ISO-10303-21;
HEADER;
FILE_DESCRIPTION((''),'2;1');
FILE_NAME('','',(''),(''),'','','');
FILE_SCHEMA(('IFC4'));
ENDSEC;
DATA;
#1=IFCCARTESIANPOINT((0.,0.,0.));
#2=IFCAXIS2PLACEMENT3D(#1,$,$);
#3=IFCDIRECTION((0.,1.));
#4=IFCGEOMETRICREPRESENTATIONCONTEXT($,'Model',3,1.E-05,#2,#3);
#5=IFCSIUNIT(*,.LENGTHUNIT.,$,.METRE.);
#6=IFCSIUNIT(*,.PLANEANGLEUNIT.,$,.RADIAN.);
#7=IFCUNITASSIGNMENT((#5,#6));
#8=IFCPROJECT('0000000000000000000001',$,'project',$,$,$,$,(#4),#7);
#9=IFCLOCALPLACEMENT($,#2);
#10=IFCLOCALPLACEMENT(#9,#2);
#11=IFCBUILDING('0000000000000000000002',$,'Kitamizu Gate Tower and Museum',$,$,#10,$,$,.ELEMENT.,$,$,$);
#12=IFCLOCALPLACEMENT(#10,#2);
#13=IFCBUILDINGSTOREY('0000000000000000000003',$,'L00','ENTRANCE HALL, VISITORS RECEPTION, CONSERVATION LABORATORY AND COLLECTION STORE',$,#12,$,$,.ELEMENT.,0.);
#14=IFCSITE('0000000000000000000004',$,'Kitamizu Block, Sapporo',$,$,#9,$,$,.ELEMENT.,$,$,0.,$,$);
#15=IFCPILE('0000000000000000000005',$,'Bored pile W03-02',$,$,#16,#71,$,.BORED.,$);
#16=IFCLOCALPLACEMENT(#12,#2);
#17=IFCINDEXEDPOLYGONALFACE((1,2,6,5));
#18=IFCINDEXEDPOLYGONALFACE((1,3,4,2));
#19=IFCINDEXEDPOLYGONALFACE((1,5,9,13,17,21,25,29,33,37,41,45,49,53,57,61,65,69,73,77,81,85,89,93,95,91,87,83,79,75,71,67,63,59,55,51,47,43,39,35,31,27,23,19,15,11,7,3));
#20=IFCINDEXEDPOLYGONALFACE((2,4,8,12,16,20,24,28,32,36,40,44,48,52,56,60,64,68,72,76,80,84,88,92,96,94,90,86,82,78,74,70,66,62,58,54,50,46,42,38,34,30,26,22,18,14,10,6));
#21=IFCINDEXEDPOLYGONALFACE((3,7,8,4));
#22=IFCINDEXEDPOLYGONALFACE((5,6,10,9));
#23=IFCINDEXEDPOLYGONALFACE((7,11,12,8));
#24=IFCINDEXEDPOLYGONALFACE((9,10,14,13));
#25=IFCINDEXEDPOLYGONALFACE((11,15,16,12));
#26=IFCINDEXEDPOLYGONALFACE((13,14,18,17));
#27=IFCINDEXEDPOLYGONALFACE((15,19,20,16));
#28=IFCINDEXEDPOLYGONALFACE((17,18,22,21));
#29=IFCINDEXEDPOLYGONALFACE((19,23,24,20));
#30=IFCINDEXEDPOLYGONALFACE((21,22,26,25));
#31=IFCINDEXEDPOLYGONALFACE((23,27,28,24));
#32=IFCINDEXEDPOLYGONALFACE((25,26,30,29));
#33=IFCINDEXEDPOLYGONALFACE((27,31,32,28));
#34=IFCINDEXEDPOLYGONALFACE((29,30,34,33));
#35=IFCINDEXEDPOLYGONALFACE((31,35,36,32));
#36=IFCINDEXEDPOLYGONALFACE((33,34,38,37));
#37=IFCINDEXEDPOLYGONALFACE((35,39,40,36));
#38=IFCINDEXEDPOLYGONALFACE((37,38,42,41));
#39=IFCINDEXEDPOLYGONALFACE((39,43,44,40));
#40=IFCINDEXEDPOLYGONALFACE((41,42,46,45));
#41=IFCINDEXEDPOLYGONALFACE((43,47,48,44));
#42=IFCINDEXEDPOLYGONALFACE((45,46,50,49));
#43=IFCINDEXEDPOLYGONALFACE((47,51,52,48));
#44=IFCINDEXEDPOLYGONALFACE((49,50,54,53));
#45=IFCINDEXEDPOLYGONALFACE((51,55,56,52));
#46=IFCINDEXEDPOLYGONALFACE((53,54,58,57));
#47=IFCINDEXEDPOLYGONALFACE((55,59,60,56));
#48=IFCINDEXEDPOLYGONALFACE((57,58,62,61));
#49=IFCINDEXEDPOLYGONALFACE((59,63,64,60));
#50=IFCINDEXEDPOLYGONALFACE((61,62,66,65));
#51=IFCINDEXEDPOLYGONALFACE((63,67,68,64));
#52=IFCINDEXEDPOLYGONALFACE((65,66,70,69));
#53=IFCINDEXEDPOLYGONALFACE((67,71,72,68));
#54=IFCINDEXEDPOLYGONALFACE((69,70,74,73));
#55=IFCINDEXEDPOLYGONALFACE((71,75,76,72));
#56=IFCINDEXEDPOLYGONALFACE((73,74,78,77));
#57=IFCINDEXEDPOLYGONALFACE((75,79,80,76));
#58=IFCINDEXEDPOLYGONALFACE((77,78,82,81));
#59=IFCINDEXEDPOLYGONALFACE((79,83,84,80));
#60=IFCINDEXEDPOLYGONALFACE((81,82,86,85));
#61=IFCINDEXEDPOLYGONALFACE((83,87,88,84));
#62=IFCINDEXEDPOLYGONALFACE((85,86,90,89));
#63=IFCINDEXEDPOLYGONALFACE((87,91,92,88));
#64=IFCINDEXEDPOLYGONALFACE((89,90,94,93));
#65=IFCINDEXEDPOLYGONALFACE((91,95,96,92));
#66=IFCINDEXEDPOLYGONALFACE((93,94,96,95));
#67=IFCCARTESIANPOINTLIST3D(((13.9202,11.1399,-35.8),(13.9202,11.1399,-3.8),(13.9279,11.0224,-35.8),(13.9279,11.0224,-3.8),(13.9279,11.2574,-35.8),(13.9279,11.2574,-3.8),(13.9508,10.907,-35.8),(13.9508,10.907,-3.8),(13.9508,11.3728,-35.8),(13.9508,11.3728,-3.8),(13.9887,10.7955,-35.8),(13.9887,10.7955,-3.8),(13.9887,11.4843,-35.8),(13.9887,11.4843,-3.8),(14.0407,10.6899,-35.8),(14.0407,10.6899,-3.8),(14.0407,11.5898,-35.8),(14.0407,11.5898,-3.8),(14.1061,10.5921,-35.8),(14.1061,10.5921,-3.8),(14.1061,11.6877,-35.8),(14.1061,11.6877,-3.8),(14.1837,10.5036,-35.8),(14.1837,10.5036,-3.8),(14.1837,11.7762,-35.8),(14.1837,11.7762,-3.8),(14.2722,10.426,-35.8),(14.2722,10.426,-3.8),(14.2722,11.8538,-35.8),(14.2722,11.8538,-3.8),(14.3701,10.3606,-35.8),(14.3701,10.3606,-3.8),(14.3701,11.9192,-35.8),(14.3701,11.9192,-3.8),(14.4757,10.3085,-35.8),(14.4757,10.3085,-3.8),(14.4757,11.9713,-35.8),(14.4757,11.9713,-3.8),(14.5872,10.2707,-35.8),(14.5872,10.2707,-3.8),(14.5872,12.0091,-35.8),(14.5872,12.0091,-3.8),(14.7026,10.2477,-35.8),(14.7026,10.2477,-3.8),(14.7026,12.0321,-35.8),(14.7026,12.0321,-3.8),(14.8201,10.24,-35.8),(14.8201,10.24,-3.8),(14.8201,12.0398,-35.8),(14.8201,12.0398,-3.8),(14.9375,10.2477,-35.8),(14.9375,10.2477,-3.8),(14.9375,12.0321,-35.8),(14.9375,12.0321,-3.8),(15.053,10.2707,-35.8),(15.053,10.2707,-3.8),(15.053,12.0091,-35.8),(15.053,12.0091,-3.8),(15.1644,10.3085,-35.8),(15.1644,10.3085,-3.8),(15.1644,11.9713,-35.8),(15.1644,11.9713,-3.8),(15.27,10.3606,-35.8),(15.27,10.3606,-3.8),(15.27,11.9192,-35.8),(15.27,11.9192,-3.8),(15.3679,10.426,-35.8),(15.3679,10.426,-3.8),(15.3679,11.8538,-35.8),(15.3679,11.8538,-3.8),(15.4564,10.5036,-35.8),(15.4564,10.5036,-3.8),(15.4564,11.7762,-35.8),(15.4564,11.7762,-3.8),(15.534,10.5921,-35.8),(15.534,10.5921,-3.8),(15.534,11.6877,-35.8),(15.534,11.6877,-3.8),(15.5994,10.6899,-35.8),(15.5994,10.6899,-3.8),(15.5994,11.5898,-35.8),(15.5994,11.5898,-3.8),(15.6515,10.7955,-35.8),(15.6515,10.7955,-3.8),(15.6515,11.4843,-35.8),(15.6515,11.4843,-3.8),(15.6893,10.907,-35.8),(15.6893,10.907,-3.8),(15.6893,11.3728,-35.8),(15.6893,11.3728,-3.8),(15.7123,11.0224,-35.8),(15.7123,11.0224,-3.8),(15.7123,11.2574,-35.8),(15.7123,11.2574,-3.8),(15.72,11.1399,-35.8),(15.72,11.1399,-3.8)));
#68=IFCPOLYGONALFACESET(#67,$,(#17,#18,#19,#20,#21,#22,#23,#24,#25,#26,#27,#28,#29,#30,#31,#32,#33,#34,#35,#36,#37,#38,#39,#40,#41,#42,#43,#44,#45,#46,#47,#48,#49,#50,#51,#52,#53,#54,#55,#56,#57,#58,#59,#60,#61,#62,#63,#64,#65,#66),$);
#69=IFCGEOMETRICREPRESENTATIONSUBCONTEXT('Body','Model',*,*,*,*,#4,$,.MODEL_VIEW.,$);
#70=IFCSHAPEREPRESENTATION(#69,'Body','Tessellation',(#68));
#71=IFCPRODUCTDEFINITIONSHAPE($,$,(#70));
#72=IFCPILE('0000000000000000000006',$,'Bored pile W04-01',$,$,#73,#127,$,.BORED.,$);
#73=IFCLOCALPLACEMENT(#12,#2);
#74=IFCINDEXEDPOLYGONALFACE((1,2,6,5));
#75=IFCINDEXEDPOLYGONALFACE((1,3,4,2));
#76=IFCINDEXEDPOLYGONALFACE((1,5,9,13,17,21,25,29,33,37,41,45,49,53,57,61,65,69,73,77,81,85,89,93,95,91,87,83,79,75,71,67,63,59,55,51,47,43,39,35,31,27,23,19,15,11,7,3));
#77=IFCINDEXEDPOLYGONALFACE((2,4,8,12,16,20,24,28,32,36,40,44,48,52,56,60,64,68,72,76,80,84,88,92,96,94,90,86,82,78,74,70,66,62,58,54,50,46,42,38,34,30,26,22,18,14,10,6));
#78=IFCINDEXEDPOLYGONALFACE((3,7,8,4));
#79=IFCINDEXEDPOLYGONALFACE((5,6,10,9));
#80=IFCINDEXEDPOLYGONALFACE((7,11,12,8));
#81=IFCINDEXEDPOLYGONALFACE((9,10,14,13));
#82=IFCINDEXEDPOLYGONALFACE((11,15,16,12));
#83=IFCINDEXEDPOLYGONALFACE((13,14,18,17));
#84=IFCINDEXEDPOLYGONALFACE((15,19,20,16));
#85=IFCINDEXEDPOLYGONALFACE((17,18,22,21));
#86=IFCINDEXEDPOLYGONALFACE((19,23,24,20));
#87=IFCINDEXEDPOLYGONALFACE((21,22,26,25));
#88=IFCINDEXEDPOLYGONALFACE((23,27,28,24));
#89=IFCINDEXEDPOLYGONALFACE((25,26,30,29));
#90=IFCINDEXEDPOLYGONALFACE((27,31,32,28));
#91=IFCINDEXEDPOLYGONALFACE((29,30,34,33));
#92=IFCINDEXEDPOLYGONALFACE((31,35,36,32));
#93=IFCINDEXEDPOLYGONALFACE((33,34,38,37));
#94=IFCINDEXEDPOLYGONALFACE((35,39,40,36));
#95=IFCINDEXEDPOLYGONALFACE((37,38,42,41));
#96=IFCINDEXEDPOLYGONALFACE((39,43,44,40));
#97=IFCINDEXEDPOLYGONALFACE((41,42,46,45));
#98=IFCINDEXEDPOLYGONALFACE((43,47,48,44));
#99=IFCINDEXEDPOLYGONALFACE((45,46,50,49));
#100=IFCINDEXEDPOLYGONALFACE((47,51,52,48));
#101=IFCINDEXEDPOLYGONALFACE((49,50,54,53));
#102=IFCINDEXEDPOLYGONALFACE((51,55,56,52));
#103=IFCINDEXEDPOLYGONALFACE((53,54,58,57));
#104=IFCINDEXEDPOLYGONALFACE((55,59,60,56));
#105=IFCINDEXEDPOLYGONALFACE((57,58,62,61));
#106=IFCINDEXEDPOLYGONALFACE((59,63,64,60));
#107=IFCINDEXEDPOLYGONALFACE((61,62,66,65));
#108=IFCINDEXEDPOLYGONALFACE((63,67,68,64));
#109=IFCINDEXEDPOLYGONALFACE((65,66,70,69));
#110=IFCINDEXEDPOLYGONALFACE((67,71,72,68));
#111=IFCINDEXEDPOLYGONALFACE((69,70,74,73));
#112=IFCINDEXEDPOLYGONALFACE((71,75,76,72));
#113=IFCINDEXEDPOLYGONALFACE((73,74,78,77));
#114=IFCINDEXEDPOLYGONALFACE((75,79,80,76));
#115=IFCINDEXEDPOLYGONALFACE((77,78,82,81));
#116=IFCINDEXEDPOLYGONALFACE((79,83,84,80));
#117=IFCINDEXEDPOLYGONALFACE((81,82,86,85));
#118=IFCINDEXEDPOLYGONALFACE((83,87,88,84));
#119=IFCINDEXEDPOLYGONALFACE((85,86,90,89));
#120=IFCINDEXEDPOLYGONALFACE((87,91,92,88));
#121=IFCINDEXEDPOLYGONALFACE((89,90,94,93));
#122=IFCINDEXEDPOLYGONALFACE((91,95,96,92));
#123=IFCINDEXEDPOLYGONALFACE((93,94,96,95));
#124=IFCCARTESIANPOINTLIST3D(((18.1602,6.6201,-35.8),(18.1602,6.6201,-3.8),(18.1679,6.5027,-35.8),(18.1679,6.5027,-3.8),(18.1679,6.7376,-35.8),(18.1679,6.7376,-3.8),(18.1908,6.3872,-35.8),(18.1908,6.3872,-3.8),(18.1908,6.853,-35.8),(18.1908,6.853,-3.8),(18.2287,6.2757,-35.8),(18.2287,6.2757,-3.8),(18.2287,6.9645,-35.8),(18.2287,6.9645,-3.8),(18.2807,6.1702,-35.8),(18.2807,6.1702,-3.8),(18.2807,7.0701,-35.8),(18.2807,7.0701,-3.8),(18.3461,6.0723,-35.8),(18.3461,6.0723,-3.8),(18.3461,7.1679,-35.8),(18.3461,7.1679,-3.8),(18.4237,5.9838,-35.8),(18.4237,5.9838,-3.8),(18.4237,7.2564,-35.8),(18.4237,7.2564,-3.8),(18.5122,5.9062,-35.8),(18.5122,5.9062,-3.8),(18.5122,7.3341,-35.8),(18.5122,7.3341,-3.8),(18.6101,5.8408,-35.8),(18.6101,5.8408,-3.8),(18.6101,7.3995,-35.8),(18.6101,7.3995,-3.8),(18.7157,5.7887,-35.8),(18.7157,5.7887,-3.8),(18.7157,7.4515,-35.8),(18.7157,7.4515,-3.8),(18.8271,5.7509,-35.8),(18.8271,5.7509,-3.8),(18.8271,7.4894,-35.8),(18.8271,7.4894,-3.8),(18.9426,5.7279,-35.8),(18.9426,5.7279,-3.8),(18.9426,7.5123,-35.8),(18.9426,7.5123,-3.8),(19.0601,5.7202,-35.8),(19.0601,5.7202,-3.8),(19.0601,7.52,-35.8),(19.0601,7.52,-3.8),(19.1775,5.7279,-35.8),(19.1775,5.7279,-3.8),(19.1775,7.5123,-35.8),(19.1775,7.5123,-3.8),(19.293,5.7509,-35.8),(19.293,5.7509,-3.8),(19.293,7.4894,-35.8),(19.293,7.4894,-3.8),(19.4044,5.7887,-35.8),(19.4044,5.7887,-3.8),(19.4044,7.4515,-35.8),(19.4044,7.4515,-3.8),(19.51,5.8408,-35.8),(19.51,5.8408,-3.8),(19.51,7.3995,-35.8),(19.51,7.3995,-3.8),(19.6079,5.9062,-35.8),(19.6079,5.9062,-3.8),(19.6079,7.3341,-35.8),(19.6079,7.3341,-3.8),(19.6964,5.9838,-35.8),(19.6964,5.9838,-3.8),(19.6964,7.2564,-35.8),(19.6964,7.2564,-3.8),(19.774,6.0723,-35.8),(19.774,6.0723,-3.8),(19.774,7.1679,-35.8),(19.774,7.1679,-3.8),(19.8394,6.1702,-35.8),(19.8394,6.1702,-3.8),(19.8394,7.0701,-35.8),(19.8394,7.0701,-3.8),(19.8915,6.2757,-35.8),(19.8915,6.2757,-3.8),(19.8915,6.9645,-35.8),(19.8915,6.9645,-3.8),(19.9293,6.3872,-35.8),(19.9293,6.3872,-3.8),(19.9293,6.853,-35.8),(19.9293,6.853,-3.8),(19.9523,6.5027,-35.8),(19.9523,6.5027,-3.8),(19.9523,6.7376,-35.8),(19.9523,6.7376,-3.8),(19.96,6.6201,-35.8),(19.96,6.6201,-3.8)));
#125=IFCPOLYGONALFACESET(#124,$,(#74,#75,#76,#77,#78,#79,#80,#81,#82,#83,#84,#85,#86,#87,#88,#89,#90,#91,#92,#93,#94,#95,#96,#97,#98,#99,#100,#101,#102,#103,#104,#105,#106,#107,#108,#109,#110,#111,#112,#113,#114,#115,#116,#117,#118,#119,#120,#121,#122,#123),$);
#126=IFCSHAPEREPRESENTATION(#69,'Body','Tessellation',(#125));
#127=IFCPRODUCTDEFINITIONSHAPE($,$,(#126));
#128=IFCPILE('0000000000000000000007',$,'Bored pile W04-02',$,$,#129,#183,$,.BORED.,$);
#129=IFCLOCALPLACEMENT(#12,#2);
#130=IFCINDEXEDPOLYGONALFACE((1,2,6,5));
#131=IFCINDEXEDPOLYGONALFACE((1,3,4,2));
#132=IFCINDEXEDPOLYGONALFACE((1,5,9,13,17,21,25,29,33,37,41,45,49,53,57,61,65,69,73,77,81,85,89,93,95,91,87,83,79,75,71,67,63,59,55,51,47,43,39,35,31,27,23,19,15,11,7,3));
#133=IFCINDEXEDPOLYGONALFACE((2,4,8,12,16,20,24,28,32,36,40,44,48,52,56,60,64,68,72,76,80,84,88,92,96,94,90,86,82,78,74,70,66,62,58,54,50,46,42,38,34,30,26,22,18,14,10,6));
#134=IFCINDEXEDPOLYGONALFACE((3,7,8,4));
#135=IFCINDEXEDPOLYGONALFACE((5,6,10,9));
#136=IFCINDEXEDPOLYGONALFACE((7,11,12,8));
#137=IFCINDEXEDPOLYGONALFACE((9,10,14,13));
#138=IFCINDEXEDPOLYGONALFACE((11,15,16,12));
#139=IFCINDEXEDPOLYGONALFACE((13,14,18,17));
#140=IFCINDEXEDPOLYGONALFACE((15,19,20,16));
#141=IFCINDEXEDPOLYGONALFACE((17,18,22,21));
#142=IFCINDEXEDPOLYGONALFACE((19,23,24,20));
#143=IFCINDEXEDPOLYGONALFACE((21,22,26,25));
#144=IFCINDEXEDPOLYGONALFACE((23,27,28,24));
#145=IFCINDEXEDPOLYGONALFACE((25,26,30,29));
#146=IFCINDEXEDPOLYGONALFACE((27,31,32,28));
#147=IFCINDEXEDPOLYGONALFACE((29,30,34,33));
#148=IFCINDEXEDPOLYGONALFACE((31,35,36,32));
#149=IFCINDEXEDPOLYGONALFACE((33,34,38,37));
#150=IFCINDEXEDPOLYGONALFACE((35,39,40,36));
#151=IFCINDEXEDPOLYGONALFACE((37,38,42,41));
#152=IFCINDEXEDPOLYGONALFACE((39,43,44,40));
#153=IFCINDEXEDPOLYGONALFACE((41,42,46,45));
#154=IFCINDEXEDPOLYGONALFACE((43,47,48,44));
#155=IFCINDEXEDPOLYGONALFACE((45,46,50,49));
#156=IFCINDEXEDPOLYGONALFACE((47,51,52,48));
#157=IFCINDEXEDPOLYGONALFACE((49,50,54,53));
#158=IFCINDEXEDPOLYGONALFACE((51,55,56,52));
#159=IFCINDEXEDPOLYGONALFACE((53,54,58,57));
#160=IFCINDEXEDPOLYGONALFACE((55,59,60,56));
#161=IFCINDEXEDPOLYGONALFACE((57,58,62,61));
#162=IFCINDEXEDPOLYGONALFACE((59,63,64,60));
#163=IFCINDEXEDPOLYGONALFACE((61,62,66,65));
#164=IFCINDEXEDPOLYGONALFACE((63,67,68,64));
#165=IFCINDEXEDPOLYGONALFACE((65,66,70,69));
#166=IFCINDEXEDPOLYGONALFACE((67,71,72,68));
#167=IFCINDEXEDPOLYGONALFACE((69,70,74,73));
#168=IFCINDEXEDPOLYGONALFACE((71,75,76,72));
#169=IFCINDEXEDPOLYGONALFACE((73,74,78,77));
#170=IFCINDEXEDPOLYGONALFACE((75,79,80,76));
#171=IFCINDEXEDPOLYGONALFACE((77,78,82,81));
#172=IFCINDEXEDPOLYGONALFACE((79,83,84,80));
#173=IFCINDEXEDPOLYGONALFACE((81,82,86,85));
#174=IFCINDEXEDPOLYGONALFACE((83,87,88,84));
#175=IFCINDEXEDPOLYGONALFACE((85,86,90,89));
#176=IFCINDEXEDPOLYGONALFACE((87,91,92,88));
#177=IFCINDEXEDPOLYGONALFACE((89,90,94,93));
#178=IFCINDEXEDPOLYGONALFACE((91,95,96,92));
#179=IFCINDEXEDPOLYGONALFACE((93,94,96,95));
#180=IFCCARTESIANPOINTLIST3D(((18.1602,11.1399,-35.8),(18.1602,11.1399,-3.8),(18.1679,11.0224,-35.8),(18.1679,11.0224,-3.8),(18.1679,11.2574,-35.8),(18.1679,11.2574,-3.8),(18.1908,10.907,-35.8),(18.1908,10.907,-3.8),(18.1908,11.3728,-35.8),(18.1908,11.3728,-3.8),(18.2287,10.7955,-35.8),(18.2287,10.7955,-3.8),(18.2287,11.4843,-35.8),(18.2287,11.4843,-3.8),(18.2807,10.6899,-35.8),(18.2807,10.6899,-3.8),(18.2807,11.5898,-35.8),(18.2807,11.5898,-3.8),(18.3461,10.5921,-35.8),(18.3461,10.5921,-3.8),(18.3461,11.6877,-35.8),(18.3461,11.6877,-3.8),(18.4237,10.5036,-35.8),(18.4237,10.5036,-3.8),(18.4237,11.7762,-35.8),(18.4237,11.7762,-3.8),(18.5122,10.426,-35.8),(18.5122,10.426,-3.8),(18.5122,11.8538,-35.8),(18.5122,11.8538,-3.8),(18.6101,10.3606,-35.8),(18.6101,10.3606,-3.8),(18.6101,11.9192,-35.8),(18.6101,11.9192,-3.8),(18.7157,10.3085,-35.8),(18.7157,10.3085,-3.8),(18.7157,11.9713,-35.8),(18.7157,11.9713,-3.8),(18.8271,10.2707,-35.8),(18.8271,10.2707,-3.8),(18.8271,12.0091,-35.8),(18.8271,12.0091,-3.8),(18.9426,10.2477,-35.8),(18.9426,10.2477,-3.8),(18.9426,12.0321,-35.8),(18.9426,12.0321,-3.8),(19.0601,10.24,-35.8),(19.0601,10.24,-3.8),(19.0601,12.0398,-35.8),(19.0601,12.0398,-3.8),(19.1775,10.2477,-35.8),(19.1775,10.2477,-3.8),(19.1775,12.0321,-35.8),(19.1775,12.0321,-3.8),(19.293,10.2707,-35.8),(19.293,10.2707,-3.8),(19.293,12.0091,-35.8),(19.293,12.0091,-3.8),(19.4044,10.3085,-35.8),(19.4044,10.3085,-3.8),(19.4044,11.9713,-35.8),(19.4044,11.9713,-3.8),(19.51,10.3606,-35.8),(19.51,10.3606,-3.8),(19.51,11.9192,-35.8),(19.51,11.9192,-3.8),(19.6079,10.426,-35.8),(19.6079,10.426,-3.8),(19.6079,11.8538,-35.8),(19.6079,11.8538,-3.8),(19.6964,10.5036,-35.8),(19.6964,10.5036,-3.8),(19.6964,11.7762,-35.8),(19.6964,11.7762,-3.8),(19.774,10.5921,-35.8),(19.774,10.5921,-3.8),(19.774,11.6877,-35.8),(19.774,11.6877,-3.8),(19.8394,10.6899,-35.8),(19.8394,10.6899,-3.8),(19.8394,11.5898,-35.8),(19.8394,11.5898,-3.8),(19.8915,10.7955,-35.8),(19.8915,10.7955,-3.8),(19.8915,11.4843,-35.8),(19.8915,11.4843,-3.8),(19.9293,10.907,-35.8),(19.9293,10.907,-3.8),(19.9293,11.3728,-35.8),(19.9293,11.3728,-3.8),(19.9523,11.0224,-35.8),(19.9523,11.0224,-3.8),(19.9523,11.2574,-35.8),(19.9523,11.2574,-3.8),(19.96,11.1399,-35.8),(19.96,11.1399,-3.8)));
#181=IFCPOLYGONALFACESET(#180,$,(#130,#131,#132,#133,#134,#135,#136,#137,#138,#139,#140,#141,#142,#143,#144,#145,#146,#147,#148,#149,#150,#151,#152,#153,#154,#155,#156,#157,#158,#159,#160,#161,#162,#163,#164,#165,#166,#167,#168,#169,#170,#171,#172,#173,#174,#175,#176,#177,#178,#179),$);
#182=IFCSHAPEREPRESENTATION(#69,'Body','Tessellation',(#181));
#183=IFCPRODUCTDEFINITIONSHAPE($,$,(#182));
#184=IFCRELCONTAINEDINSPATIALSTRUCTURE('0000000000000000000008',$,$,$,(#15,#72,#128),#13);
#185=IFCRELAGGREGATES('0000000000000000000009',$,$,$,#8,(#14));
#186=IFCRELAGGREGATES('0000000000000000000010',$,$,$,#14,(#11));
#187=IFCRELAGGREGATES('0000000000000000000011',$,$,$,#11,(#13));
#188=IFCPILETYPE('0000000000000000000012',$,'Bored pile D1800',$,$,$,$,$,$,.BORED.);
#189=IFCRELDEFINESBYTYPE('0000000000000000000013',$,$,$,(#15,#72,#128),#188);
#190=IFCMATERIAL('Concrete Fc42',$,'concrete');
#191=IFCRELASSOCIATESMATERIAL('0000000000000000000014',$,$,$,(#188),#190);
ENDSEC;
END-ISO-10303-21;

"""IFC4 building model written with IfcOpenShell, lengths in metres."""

from ifc_helpers import new_model, si_unit, direction, frame, origin, origin_2d, place, context, subcontext, project, spatial, circle, extrude, material, material_profile, profile_set, type_object, element, save


model = new_model("IFC4")

# Units and contexts
model_context = context("Model", 3, precision=1e-05, world=origin(), true_north=direction((0.0, 1.0)))
body_context = subcontext(model_context, "Body", "Model", "MODEL_VIEW")
ifc_project = project(units=[si_unit("LENGTHUNIT", "METRE"), si_unit("PLANEANGLEUNIT", "RADIAN")], contexts=[model_context])

# Site, building, storey
site_placement = place(None, origin())
site = spatial("IfcSite", under=ifc_project, at=site_placement, Name="Kitamizu Block, Sapporo", CompositionType="ELEMENT", RefElevation=0.0)
building_placement = place(site_placement, origin())
building = spatial("IfcBuilding", under=site, at=building_placement, Name="Kitamizu Gate Tower and Museum", CompositionType="ELEMENT")
storey_placement = place(building_placement, origin())
storey = spatial("IfcBuildingStorey", under=building, at=storey_placement, Name="L00", Description="ENTRANCE HALL, VISITORS RECEPTION, CONSERVATION LABORATORY AND COLLECTION STORE", CompositionType="ELEMENT", Elevation=0.0)

# Piles
ifc_material_1 = material(Name="Concrete Fc42", Category="concrete")
ifc_material_profile_1 = material_profile(ifc_material_1, circle(Radius=0.8999, at=origin_2d()), Name="Bored pile D1800")
ifc_profile_set_1 = profile_set([ifc_material_profile_1], Name="Concrete Fc42")
pile_type = type_object("IfcPileType", Name="Bored pile D1800", PredefinedType="BORED", material=ifc_profile_set_1)
for number, where, z_axis, x_axis, name in (
    (1, (14.8201, 11.1399, -3.8), (0.0, 0.0, -1.0), (1.0, 0.0, 0.0), "Bored pile W03-02"),
    (2, (19.0601, 6.6201, -3.8), (0.0, 0.0, -1.0), (1.0, 0.0, 0.0), "Bored pile W04-01"),
    (3, (19.0601, 11.1399, -3.8), (0.0, 0.0, -1.0), (1.0, 0.0, 0.0), "Bored pile W04-02"),
):
    element("IfcPile", number, at=place(storey_placement, frame(where, z_axis=z_axis, x_axis=x_axis)), inside=storey, type_object=pile_type, Name=name, PredefinedType="BORED", context=body_context, shape_type="SweptSolid", body=[
        extrude(circle(Radius=0.8999, at=origin_2d()), origin(), (0.0, 0.0, 1.0), 32.0),
    ])

save(model, "model.ifc")
